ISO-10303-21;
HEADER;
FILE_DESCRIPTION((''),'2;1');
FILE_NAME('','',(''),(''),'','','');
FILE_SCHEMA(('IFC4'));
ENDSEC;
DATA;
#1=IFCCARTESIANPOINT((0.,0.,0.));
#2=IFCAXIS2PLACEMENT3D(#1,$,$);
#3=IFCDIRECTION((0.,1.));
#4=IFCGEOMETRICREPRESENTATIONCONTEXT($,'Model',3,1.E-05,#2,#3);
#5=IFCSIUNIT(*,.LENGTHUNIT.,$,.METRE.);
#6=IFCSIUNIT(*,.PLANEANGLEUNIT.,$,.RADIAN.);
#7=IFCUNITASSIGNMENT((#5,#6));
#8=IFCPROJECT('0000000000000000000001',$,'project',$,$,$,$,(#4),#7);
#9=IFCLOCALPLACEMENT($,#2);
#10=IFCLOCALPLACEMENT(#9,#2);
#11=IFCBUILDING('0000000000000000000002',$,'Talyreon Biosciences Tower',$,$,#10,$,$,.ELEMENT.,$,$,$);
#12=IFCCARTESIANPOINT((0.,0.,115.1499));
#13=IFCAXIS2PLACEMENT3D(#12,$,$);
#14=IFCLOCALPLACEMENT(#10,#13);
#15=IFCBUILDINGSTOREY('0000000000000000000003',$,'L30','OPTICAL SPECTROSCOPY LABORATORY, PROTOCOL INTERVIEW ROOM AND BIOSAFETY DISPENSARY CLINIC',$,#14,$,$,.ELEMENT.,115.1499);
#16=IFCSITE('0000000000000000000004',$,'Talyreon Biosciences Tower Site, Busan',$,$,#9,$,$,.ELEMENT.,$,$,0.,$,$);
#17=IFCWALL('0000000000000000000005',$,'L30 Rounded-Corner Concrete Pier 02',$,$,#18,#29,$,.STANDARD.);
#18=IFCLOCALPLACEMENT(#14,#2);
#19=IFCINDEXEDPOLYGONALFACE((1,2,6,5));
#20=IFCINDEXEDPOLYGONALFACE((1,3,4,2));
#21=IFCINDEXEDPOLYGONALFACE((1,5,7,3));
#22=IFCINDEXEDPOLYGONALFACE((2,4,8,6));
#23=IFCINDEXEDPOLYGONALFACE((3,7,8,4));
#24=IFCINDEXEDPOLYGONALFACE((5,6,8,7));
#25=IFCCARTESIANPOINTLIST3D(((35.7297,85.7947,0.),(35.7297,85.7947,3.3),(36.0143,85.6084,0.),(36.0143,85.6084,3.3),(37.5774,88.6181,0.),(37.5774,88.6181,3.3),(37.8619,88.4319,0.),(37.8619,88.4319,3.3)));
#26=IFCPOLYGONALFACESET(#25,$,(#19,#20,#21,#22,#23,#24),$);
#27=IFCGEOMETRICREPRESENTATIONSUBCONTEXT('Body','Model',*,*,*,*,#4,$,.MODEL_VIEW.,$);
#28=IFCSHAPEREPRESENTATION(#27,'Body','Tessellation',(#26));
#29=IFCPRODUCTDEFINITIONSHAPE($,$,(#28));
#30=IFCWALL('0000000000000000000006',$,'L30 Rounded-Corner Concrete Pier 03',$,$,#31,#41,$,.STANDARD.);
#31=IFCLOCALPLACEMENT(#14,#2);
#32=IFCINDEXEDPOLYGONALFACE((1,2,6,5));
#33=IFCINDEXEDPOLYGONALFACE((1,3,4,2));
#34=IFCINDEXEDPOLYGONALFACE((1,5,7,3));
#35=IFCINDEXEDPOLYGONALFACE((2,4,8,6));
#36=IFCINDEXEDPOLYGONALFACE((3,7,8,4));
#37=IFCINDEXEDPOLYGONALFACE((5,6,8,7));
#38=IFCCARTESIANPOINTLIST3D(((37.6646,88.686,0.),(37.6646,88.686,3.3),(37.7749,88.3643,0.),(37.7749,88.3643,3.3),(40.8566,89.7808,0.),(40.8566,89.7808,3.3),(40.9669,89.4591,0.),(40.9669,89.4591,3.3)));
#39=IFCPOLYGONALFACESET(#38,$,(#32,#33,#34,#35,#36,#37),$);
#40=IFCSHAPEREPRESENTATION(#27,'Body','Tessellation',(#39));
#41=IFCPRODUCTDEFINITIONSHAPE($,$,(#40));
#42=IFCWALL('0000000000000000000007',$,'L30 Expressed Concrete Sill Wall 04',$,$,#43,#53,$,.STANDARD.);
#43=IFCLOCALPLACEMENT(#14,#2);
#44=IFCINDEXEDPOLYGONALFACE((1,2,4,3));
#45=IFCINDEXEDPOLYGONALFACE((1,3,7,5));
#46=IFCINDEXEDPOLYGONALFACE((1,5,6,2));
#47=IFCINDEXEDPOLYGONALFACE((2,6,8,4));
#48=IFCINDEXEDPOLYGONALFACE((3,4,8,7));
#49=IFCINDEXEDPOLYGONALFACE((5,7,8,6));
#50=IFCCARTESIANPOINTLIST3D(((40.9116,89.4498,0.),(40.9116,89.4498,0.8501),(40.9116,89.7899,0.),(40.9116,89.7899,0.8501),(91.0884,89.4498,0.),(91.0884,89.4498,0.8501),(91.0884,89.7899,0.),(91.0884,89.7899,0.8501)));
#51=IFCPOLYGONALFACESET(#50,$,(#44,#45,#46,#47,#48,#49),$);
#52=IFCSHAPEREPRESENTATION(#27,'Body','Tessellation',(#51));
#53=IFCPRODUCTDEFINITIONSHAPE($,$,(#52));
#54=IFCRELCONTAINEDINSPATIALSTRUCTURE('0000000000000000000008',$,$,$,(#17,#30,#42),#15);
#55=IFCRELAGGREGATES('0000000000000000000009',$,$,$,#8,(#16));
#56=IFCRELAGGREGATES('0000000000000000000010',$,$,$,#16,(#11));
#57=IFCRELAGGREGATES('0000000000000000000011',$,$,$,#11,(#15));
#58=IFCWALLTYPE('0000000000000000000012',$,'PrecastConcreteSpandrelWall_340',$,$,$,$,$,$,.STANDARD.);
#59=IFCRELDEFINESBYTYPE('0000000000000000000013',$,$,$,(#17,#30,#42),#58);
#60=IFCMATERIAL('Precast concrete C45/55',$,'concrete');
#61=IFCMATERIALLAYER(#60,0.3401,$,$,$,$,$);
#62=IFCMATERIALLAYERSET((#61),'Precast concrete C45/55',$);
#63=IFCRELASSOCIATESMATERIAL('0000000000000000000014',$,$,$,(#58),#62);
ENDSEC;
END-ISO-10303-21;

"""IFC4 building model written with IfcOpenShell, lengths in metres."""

from ifc_helpers import new_model, si_unit, direction, frame, frame_2d, origin, place, context, subcontext, project, spatial, rectangle, extrude, material, layer, layer_set, type_object, element, save


model = new_model("IFC4")

# Units and contexts
model_context = context("Model", 3, precision=1e-05, world=origin(), true_north=direction((0.0, 1.0)))
body_context = subcontext(model_context, "Body", "Model", "MODEL_VIEW")
ifc_project = project(units=[si_unit("LENGTHUNIT", "METRE"), si_unit("PLANEANGLEUNIT", "RADIAN")], contexts=[model_context])

# Site, building, storey
site_placement = place(None, origin())
site = spatial("IfcSite", under=ifc_project, at=site_placement, Name="Talyreon Biosciences Tower Site, Busan", CompositionType="ELEMENT", RefElevation=0.0)
building_placement = place(site_placement, origin())
building = spatial("IfcBuilding", under=site, at=building_placement, Name="Talyreon Biosciences Tower", CompositionType="ELEMENT")
storey_placement = place(building_placement, frame((0.0, 0.0, 115.1499)))
storey = spatial("IfcBuildingStorey", under=building, at=storey_placement, Name="L30", Description="OPTICAL SPECTROSCOPY LABORATORY, PROTOCOL INTERVIEW ROOM AND BIOSAFETY DISPENSARY CLINIC", CompositionType="ELEMENT", Elevation=115.1499)

# Shared definitions
ifc_material_1 = material(Name="Precast concrete C45/55", Category="concrete")

# Walls
ifc_layer_1 = layer(ifc_material_1, 0.3401)
ifc_layer_set_1 = layer_set([ifc_layer_1], Name="Precast concrete C45/55")
wall_type_1 = type_object("IfcWallType", Name="PrecastConcreteSpandrelWall_340", PredefinedType="STANDARD", material=ifc_layer_set_1)
for number, where, z_axis, x_axis, name in (
    (1, (35.8721, 85.7017, 0.0), (0.0, 0.0, 1.0), (0.547567, 0.836762, 0.0), "L30 Rounded-Corner Concrete Pier 02"),
):
    element("IfcWall", number, at=place(storey_placement, frame(where, z_axis=z_axis, x_axis=x_axis)), inside=storey, type_object=wall_type_1, Name=name, PredefinedType="STANDARD", context=body_context, shape_type="SweptSolid", body=[
        extrude(rectangle(XDim=3.3743, YDim=0.3401, at=frame_2d((1.687, 0.0))), origin(), (0.0, 0.0, 1.0), 3.3),
    ])
wall_1_placement = place(storey_placement, frame((37.7197, 88.5251, 0.0), z_axis=(0.0, 0.0, 1.0), x_axis=(0.945913, 0.324421, 0.0)))
element("IfcWall", 2, at=wall_1_placement, inside=storey, type_object=wall_type_1, Name="L30 Rounded-Corner Concrete Pier 03", PredefinedType="STANDARD", context=body_context, shape_type="SweptSolid", body=[
    extrude(rectangle(XDim=3.3745, YDim=0.3401, at=frame_2d((1.6873, 0.0))), origin(), (0.0, 0.0, 1.0), 3.3),
])
wall_2_placement = place(storey_placement, frame((40.9116, 89.6199, 0.0), z_axis=(0.0, 0.0, 1.0), x_axis=(1.0, 0.0, 0.0)))
element("IfcWall", 3, at=wall_2_placement, inside=storey, type_object=wall_type_1, Name="L30 Expressed Concrete Sill Wall 04", PredefinedType="STANDARD", context=body_context, shape_type="SweptSolid", body=[
    extrude(rectangle(XDim=50.1768, YDim=0.3401, at=frame_2d((25.0884, 0.0))), origin(), (0.0, 0.0, 1.0), 0.8501),
])

save(model, "model.ifc")
